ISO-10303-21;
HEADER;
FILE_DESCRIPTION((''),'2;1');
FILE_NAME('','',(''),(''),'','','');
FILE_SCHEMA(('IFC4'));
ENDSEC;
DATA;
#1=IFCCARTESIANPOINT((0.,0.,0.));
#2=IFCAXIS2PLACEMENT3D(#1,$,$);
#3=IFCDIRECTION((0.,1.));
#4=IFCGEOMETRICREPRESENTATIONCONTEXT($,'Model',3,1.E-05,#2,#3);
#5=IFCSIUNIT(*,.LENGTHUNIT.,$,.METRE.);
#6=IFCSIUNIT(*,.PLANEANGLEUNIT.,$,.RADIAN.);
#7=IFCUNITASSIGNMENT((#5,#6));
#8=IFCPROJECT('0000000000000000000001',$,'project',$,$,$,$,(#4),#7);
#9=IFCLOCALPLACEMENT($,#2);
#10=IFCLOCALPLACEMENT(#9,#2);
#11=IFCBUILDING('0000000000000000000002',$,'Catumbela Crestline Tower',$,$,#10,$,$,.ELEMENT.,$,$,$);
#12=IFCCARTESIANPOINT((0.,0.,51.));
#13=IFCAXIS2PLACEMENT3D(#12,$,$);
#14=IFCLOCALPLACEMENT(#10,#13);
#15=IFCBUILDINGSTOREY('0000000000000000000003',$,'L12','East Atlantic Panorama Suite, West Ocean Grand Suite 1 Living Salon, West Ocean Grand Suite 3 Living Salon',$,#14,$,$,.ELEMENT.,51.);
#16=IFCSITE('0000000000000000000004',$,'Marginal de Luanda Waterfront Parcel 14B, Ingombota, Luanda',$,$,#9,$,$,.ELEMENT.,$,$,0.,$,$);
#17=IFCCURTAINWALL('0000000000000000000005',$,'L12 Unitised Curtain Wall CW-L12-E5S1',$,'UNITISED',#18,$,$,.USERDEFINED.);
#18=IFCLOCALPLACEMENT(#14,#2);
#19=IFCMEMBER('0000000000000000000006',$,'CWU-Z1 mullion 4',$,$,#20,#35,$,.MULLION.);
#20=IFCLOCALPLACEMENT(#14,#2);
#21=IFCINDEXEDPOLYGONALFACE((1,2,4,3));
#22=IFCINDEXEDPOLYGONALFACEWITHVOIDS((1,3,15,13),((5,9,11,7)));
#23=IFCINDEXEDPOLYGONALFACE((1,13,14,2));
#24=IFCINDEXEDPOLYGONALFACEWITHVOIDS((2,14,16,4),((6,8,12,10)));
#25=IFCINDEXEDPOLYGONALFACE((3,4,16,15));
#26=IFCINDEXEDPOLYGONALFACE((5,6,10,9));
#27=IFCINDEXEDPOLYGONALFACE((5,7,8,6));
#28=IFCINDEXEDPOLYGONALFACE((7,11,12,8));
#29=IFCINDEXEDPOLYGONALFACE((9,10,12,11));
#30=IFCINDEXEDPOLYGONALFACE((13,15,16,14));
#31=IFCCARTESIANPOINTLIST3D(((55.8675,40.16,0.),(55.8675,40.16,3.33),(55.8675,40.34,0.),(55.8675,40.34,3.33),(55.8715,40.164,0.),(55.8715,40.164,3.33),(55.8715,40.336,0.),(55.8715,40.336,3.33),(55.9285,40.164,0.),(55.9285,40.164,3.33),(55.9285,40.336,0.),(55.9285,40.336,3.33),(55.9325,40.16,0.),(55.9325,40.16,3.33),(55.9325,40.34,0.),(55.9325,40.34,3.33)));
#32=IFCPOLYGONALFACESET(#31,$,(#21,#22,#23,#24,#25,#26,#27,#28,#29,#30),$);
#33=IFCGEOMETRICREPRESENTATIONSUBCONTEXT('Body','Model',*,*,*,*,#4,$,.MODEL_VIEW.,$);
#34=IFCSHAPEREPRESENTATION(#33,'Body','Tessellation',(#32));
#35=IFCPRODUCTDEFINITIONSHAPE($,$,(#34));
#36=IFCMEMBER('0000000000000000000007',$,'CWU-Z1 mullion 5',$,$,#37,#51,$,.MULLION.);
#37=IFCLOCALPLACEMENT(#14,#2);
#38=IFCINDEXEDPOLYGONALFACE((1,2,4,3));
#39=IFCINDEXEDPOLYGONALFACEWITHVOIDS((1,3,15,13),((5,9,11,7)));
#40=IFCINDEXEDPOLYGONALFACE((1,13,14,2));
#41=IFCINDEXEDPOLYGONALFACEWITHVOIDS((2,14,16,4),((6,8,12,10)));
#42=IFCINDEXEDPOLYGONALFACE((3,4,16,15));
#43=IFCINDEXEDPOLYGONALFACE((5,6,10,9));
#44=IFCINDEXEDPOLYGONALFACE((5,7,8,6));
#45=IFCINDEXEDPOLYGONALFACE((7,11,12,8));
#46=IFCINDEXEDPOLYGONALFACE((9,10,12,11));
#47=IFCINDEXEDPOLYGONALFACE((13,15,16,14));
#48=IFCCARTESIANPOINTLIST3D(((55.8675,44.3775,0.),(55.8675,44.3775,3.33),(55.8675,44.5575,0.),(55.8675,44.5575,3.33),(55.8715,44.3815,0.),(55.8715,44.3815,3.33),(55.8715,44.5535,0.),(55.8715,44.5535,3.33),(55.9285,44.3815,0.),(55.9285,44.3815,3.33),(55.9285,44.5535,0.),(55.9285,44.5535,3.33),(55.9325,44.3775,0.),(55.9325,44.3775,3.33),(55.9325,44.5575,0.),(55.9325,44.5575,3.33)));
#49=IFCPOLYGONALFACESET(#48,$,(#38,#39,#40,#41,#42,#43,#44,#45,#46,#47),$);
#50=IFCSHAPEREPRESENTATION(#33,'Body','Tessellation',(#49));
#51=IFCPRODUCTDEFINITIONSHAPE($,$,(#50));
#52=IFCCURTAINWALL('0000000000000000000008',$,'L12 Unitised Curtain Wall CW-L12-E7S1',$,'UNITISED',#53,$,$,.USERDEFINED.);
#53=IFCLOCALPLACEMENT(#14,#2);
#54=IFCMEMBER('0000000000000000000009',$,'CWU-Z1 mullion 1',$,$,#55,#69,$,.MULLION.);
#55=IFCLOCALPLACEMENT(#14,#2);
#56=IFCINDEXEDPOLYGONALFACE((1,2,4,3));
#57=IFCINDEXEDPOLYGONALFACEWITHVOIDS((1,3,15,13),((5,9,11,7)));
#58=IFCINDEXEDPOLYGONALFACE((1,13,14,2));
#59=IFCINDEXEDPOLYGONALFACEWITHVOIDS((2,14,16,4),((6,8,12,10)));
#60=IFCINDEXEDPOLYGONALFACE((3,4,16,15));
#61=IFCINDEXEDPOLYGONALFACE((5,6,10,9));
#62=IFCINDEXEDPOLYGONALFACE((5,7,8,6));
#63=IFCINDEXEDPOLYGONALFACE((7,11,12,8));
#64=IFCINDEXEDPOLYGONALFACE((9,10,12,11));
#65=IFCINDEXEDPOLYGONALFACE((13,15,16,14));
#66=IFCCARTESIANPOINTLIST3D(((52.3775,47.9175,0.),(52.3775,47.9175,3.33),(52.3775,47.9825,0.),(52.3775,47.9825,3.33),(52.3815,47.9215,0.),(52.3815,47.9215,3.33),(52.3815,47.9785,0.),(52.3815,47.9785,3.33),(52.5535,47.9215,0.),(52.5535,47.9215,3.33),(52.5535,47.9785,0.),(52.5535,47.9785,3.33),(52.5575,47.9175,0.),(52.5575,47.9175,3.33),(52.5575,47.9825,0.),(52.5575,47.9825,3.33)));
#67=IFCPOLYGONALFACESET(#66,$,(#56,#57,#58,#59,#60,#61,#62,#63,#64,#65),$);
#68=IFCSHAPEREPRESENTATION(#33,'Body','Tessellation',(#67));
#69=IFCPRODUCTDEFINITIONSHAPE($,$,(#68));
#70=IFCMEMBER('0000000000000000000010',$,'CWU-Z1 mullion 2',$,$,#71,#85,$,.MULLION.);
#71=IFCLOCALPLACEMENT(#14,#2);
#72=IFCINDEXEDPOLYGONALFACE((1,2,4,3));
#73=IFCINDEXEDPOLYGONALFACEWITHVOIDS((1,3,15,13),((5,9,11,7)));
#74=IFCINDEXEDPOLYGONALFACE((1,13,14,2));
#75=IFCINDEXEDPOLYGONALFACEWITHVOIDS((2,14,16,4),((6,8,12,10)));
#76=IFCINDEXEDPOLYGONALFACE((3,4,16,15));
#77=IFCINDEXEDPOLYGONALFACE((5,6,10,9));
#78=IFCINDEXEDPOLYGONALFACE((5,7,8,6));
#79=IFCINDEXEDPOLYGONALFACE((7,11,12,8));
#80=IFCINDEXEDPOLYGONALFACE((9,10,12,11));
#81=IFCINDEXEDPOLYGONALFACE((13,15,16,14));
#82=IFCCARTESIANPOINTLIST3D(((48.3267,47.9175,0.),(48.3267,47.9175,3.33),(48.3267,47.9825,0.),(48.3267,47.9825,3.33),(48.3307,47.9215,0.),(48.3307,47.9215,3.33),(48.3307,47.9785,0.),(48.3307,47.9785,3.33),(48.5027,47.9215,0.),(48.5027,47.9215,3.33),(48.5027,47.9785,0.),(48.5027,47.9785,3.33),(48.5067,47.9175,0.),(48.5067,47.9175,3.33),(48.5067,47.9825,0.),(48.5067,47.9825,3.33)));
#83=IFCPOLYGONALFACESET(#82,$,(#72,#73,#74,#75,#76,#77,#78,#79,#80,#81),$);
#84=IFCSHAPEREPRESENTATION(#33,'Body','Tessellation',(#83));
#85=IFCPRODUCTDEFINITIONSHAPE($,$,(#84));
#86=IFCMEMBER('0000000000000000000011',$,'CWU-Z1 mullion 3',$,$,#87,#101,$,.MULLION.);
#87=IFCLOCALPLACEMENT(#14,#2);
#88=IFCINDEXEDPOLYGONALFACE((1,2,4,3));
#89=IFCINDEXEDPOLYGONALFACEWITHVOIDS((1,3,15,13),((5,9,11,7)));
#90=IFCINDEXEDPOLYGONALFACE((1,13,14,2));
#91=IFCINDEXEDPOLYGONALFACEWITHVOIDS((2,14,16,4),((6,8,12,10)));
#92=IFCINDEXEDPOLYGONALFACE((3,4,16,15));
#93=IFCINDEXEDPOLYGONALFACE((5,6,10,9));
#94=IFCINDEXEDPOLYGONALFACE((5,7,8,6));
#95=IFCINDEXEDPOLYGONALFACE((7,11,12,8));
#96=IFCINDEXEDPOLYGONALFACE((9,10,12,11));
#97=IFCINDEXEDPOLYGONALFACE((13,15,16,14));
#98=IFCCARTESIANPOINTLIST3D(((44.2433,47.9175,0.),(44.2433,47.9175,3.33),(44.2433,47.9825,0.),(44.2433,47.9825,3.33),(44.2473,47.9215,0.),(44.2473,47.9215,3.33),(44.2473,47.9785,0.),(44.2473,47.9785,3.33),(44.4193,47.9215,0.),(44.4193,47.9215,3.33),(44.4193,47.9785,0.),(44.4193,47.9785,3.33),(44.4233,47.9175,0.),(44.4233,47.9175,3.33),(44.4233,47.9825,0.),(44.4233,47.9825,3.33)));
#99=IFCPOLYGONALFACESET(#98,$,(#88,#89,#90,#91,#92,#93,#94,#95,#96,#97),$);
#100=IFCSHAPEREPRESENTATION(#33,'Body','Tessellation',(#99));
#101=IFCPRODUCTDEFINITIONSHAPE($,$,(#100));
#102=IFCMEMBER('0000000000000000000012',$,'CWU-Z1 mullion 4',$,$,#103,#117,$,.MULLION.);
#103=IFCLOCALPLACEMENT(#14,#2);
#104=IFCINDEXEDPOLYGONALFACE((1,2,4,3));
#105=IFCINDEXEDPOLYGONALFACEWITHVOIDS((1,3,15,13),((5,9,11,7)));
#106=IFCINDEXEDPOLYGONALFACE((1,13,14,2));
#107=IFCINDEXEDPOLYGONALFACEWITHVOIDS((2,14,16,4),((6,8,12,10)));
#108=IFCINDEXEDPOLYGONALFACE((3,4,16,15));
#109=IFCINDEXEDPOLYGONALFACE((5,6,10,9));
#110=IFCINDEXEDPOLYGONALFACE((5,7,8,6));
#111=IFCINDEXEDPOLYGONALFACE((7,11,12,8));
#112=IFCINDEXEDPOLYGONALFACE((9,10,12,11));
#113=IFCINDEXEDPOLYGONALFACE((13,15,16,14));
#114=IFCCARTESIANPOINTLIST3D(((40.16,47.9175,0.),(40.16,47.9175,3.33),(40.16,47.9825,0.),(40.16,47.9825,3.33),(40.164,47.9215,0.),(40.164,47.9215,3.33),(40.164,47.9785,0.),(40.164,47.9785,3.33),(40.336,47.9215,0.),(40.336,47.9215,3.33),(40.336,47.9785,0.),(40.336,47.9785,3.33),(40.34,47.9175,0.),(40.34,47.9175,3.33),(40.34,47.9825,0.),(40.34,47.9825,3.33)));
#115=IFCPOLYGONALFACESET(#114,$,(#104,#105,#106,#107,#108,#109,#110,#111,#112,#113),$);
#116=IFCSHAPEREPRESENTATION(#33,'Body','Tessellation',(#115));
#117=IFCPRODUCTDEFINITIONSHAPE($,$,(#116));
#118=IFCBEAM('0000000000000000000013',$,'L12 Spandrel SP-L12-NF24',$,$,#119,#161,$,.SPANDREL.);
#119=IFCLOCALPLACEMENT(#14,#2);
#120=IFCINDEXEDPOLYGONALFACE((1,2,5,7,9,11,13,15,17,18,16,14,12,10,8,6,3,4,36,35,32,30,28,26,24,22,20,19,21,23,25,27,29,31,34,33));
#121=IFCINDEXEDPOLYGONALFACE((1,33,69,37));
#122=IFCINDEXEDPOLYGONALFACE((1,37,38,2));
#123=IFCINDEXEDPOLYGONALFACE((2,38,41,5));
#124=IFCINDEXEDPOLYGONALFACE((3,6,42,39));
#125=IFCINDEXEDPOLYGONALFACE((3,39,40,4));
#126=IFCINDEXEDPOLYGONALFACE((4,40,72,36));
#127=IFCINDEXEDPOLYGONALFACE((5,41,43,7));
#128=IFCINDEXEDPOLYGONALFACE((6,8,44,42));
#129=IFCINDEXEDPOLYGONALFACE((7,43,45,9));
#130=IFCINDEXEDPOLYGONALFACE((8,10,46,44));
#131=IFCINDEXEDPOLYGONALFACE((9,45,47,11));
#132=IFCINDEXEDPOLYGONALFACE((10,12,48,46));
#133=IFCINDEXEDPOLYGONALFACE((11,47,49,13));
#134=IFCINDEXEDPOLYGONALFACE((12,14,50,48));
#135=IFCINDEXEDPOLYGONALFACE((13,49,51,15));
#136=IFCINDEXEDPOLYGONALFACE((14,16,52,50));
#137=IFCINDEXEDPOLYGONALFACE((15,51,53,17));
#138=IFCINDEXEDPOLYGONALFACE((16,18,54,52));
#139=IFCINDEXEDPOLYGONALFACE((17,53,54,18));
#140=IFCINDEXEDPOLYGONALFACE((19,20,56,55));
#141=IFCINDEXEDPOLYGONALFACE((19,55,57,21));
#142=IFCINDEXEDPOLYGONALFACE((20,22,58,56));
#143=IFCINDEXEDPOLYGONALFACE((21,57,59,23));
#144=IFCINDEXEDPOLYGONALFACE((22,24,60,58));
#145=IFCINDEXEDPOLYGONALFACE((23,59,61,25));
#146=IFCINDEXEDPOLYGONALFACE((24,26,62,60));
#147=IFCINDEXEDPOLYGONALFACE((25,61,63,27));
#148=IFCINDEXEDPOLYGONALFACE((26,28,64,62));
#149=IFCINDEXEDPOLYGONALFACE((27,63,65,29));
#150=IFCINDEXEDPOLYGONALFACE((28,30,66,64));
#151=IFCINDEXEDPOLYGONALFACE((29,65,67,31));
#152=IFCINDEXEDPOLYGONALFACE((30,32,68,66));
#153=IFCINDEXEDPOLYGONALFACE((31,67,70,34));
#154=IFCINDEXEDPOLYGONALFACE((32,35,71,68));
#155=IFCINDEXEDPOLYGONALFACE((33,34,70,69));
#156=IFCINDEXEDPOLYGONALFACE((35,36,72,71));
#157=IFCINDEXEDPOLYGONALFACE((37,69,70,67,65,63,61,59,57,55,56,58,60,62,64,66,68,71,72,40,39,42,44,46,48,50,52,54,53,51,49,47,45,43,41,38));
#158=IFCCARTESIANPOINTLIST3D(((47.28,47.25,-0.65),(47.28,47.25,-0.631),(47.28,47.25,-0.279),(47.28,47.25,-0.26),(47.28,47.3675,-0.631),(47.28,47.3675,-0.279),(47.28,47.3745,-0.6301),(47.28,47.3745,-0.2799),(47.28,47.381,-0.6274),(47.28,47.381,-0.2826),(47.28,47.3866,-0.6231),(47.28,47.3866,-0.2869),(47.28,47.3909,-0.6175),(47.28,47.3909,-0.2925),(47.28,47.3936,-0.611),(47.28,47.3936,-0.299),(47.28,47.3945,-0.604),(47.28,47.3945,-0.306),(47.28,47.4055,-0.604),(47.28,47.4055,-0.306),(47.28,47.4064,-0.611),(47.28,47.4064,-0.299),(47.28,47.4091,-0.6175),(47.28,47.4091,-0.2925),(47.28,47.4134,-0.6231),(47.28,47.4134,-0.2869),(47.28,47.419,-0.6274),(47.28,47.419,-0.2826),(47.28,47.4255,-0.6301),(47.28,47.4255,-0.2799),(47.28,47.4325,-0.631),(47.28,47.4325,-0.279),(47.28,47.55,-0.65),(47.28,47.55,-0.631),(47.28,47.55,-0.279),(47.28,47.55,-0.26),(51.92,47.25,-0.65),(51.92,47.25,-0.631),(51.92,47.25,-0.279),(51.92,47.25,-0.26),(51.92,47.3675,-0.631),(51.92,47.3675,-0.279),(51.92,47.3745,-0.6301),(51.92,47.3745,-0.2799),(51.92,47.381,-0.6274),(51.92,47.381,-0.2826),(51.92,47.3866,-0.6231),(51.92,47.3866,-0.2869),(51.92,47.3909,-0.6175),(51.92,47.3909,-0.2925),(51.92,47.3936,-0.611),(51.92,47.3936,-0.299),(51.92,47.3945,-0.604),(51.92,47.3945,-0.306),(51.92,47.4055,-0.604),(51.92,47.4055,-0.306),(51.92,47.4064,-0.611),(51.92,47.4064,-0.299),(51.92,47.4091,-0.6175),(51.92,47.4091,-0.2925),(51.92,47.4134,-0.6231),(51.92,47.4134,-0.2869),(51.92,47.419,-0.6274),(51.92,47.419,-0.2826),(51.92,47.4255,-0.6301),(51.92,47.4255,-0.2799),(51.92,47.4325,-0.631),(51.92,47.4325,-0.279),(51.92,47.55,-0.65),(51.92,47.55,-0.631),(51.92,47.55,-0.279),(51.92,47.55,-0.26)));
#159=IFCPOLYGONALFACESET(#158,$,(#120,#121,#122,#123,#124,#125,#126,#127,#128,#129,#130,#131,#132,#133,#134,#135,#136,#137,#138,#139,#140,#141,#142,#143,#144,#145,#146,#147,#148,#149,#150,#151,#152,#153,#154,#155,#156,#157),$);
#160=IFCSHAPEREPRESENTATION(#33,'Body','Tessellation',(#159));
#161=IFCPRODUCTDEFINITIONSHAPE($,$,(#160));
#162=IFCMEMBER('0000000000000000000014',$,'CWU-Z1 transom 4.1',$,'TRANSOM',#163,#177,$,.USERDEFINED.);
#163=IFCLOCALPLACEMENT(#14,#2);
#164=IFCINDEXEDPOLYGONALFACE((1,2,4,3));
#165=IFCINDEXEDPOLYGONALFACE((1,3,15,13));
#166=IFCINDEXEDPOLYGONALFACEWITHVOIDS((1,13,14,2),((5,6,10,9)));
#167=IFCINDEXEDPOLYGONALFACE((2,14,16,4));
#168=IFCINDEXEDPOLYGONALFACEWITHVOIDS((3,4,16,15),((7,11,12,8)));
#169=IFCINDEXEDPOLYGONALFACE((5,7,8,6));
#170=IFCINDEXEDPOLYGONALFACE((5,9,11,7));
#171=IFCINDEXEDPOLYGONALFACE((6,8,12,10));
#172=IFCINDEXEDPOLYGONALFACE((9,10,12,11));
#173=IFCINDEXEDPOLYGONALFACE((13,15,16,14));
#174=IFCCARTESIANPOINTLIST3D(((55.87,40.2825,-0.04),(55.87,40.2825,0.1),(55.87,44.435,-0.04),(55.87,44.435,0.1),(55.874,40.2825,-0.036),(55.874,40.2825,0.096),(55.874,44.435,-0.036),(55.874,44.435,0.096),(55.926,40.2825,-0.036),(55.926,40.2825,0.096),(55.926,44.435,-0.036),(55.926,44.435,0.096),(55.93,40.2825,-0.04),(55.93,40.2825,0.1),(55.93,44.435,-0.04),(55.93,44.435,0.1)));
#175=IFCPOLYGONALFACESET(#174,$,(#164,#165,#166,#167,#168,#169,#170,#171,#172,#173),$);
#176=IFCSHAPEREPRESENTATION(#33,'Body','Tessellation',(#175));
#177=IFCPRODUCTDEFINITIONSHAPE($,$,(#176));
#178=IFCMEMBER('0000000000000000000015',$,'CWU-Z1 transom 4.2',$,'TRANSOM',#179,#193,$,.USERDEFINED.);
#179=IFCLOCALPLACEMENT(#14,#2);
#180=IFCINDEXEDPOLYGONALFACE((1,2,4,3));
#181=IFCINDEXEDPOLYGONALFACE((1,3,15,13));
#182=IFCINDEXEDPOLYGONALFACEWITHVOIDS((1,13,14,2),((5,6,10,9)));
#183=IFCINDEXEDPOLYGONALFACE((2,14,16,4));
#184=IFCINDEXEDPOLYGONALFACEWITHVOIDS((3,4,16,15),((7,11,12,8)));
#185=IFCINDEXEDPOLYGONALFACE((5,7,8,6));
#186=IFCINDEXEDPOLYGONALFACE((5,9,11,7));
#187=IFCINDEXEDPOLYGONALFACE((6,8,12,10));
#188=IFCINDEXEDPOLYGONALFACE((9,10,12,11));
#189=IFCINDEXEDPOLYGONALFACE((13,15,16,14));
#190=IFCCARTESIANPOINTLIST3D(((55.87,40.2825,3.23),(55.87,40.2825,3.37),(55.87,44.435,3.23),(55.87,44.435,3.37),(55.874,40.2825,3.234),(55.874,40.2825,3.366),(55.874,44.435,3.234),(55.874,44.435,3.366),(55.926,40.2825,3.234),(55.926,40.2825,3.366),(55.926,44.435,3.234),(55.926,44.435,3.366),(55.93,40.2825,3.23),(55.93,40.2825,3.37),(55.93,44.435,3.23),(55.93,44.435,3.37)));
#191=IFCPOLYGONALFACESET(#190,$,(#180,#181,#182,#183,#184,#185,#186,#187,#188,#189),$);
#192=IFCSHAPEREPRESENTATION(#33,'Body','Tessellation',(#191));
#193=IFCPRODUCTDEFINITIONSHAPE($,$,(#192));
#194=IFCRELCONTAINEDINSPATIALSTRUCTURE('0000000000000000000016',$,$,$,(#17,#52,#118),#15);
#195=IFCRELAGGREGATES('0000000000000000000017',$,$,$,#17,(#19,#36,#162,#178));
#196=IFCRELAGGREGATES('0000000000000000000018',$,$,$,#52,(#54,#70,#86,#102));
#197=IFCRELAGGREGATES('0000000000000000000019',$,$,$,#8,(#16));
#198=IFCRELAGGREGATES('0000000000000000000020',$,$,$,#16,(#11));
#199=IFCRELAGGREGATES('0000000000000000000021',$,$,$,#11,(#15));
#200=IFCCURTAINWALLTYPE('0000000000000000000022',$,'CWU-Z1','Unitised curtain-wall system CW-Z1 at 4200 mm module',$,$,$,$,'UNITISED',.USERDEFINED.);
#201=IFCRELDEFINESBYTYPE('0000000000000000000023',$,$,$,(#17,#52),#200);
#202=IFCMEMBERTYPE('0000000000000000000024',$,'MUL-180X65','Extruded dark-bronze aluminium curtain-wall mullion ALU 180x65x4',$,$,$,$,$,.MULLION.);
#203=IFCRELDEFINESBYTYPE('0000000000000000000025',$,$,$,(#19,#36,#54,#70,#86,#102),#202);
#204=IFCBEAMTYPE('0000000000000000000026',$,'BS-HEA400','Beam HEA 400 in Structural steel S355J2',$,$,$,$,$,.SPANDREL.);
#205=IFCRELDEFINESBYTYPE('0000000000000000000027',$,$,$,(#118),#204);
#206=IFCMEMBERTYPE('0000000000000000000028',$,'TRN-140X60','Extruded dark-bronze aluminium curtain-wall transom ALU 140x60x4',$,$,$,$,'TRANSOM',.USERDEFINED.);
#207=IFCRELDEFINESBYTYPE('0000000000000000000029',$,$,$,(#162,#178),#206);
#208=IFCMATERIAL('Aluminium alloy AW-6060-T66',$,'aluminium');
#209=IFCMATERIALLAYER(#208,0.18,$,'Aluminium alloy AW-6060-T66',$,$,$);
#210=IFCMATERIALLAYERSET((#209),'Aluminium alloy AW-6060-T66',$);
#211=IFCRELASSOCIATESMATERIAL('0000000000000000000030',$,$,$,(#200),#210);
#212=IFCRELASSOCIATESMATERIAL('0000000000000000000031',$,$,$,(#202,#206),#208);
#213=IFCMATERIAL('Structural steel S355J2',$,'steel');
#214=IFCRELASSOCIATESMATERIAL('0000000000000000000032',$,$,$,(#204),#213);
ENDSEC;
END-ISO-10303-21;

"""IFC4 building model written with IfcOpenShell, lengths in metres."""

from ifc_helpers import new_model, si_unit, direction, frame, origin, origin_2d, place, context, subcontext, project, spatial, hollow_rectangle, i_section, extrude, material, layer, layer_set, material_profile, profile_set, type_object, element, aggregate, save


model = new_model("IFC4")

# Units and contexts
model_context = context("Model", 3, precision=1e-05, world=origin(), true_north=direction((0.0, 1.0)))
body_context = subcontext(model_context, "Body", "Model", "MODEL_VIEW")
ifc_project = project(units=[si_unit("LENGTHUNIT", "METRE"), si_unit("PLANEANGLEUNIT", "RADIAN")], contexts=[model_context])

# Site, building, storey
site_placement = place(None, origin())
site = spatial("IfcSite", under=ifc_project, at=site_placement, Name="Marginal de Luanda Waterfront Parcel 14B, Ingombota, Luanda", CompositionType="ELEMENT", RefElevation=0.0)
building_placement = place(site_placement, origin())
building = spatial("IfcBuilding", under=site, at=building_placement, Name="Catumbela Crestline Tower", CompositionType="ELEMENT")
storey_placement = place(building_placement, frame((0.0, 0.0, 51.0)))
storey = spatial("IfcBuildingStorey", under=building, at=storey_placement, Name="L12", Description="East Atlantic Panorama Suite, West Ocean Grand Suite 1 Living Salon, West Ocean Grand Suite 3 Living Salon", CompositionType="ELEMENT", Elevation=51.0)

# Curtain walls, members
ifc_material_1 = material(Name="Aluminium alloy AW-6060-T66", Category="aluminium")
ifc_layer_1 = layer(ifc_material_1, 0.18, Name="Aluminium alloy AW-6060-T66")
ifc_layer_set_1 = layer_set([ifc_layer_1], Name="Aluminium alloy AW-6060-T66")
curtain_wall_type = type_object("IfcCurtainWallType", Name="CWU-Z1", Description="Unitised curtain-wall system CW-Z1 at 4200 mm module", ElementType="UNITISED", PredefinedType="USERDEFINED", material=ifc_layer_set_1)
curtain_wall_1_placement = place(storey_placement, origin())
curtain_wall_1 = element("IfcCurtainWall", 1, at=curtain_wall_1_placement, inside=storey, type_object=curtain_wall_type, Name="L12 Unitised Curtain Wall CW-L12-E5S1", ObjectType="UNITISED", PredefinedType="USERDEFINED")
ifc_material_profile_1 = material_profile(ifc_material_1, hollow_rectangle(XDim=0.065, YDim=0.18, WallThickness=0.004, at=origin_2d()), Name="ALU 180x65x4")
ifc_profile_set_1 = profile_set([ifc_material_profile_1], Name="Aluminium alloy AW-6060-T66")
member_type_1 = type_object("IfcMemberType", Name="MUL-180X65", Description="Extruded dark-bronze aluminium curtain-wall mullion ALU 180x65x4", PredefinedType="MULLION", material=ifc_profile_set_1)
member_1_placement = place(storey_placement, frame((55.9, 40.25, 0.0), z_axis=(0.0, 0.0, 1.0), x_axis=(-1.0, 0.0, 0.0)))
member_1 = element("IfcMember", 2, at=member_1_placement, type_object=member_type_1, Name="CWU-Z1 mullion 4", PredefinedType="MULLION", context=body_context, shape_type="SweptSolid", body=[
    extrude(hollow_rectangle(XDim=0.065, YDim=0.18, WallThickness=0.004, at=origin_2d()), origin(), (0.0, 0.0, 1.0), 3.33),
])
member_2_placement = place(storey_placement, frame((55.9, 44.4675, 0.0), z_axis=(0.0, 0.0, 1.0), x_axis=(-1.0, 0.0, 0.0)))
member_2 = element("IfcMember", 3, at=member_2_placement, type_object=member_type_1, Name="CWU-Z1 mullion 5", PredefinedType="MULLION", context=body_context, shape_type="SweptSolid", body=[
    extrude(hollow_rectangle(XDim=0.065, YDim=0.18, WallThickness=0.004, at=origin_2d()), origin(), (0.0, 0.0, 1.0), 3.33),
])
curtain_wall_2_placement = place(storey_placement, origin())
curtain_wall_2 = element("IfcCurtainWall", 4, at=curtain_wall_2_placement, inside=storey, type_object=curtain_wall_type, Name="L12 Unitised Curtain Wall CW-L12-E7S1", ObjectType="UNITISED", PredefinedType="USERDEFINED")
member_3_placement = place(storey_placement, frame((52.4675, 47.95, 0.0), z_axis=(0.0, 0.0, 1.0), x_axis=(0.0, -1.0, 0.0)))
member_3 = element("IfcMember", 5, at=member_3_placement, type_object=member_type_1, Name="CWU-Z1 mullion 1", PredefinedType="MULLION", context=body_context, shape_type="SweptSolid", body=[
    extrude(hollow_rectangle(XDim=0.065, YDim=0.18, WallThickness=0.004, at=origin_2d()), origin(), (0.0, 0.0, 1.0), 3.33),
])
member_4_placement = place(storey_placement, frame((48.4167, 47.95, 0.0), z_axis=(0.0, 0.0, 1.0), x_axis=(0.0, -1.0, 0.0)))
member_4 = element("IfcMember", 6, at=member_4_placement, type_object=member_type_1, Name="CWU-Z1 mullion 2", PredefinedType="MULLION", context=body_context, shape_type="SweptSolid", body=[
    extrude(hollow_rectangle(XDim=0.065, YDim=0.18, WallThickness=0.004, at=origin_2d()), origin(), (0.0, 0.0, 1.0), 3.33),
])
member_5_placement = place(storey_placement, frame((44.3333, 47.95, 0.0), z_axis=(0.0, 0.0, 1.0), x_axis=(0.0, -1.0, 0.0)))
member_5 = element("IfcMember", 7, at=member_5_placement, type_object=member_type_1, Name="CWU-Z1 mullion 3", PredefinedType="MULLION", context=body_context, shape_type="SweptSolid", body=[
    extrude(hollow_rectangle(XDim=0.065, YDim=0.18, WallThickness=0.004, at=origin_2d()), origin(), (0.0, 0.0, 1.0), 3.33),
])
member_6_placement = place(storey_placement, frame((40.25, 47.95, 0.0), z_axis=(0.0, 0.0, 1.0), x_axis=(0.0, -1.0, 0.0)))
member_6 = element("IfcMember", 8, at=member_6_placement, type_object=member_type_1, Name="CWU-Z1 mullion 4", PredefinedType="MULLION", context=body_context, shape_type="SweptSolid", body=[
    extrude(hollow_rectangle(XDim=0.065, YDim=0.18, WallThickness=0.004, at=origin_2d()), origin(), (0.0, 0.0, 1.0), 3.33),
])

# Beam
ifc_material_2 = material(Name="Structural steel S355J2", Category="steel")
ifc_material_profile_2 = material_profile(ifc_material_2, i_section(OverallWidth=0.3, OverallDepth=0.39, WebThickness=0.011, FlangeThickness=0.019, FilletRadius=0.027, at=origin_2d()), Name="HEA 400")
ifc_profile_set_2 = profile_set([ifc_material_profile_2], Name="Structural steel S355J2")
beam_type = type_object("IfcBeamType", Name="BS-HEA400", Description="Beam HEA 400 in Structural steel S355J2", PredefinedType="SPANDREL", material=ifc_profile_set_2)
beam_placement = place(storey_placement, frame((47.28, 47.4, -0.455), z_axis=(1.0, 0.0, 0.0), x_axis=(0.0, 1.0, 0.0)))
element("IfcBeam", 9, at=beam_placement, inside=storey, type_object=beam_type, Name="L12 Spandrel SP-L12-NF24", PredefinedType="SPANDREL", context=body_context, shape_type="SweptSolid", body=[
    extrude(i_section(OverallWidth=0.3, OverallDepth=0.39, WebThickness=0.011, FlangeThickness=0.019, FilletRadius=0.027, at=origin_2d()), origin(), (0.0, 0.0, 1.0), 4.64),
])

# Members
ifc_material_profile_3 = material_profile(ifc_material_1, hollow_rectangle(XDim=0.06, YDim=0.14, WallThickness=0.004, at=origin_2d()), Name="ALU 140x60x4")
ifc_profile_set_3 = profile_set([ifc_material_profile_3], Name="Aluminium alloy AW-6060-T66")
member_type_2 = type_object("IfcMemberType", Name="TRN-140X60", Description="Extruded dark-bronze aluminium curtain-wall transom ALU 140x60x4", ElementType="TRANSOM", PredefinedType="USERDEFINED", material=ifc_profile_set_3)
member_7_placement = place(storey_placement, frame((55.9, 40.2825, 0.03), z_axis=(0.0, 1.0, 0.0), x_axis=(-1.0, 0.0, 0.0)))
member_7 = element("IfcMember", 10, at=member_7_placement, type_object=member_type_2, Name="CWU-Z1 transom 4.1", ObjectType="TRANSOM", PredefinedType="USERDEFINED", context=body_context, shape_type="SweptSolid", body=[
    extrude(hollow_rectangle(XDim=0.06, YDim=0.14, WallThickness=0.004, at=origin_2d()), origin(), (0.0, 0.0, 1.0), 4.1525),
])
member_8_placement = place(storey_placement, frame((55.9, 40.2825, 3.3), z_axis=(0.0, 1.0, 0.0), x_axis=(-1.0, 0.0, 0.0)))
member_8 = element("IfcMember", 11, at=member_8_placement, type_object=member_type_2, Name="CWU-Z1 transom 4.2", ObjectType="TRANSOM", PredefinedType="USERDEFINED", context=body_context, shape_type="SweptSolid", body=[
    extrude(hollow_rectangle(XDim=0.06, YDim=0.14, WallThickness=0.004, at=origin_2d()), origin(), (0.0, 0.0, 1.0), 4.1525),
])

aggregate(curtain_wall_1, [member_1, member_2, member_7, member_8])
aggregate(curtain_wall_2, [member_3, member_4, member_5, member_6])

save(model, "model.ifc")
